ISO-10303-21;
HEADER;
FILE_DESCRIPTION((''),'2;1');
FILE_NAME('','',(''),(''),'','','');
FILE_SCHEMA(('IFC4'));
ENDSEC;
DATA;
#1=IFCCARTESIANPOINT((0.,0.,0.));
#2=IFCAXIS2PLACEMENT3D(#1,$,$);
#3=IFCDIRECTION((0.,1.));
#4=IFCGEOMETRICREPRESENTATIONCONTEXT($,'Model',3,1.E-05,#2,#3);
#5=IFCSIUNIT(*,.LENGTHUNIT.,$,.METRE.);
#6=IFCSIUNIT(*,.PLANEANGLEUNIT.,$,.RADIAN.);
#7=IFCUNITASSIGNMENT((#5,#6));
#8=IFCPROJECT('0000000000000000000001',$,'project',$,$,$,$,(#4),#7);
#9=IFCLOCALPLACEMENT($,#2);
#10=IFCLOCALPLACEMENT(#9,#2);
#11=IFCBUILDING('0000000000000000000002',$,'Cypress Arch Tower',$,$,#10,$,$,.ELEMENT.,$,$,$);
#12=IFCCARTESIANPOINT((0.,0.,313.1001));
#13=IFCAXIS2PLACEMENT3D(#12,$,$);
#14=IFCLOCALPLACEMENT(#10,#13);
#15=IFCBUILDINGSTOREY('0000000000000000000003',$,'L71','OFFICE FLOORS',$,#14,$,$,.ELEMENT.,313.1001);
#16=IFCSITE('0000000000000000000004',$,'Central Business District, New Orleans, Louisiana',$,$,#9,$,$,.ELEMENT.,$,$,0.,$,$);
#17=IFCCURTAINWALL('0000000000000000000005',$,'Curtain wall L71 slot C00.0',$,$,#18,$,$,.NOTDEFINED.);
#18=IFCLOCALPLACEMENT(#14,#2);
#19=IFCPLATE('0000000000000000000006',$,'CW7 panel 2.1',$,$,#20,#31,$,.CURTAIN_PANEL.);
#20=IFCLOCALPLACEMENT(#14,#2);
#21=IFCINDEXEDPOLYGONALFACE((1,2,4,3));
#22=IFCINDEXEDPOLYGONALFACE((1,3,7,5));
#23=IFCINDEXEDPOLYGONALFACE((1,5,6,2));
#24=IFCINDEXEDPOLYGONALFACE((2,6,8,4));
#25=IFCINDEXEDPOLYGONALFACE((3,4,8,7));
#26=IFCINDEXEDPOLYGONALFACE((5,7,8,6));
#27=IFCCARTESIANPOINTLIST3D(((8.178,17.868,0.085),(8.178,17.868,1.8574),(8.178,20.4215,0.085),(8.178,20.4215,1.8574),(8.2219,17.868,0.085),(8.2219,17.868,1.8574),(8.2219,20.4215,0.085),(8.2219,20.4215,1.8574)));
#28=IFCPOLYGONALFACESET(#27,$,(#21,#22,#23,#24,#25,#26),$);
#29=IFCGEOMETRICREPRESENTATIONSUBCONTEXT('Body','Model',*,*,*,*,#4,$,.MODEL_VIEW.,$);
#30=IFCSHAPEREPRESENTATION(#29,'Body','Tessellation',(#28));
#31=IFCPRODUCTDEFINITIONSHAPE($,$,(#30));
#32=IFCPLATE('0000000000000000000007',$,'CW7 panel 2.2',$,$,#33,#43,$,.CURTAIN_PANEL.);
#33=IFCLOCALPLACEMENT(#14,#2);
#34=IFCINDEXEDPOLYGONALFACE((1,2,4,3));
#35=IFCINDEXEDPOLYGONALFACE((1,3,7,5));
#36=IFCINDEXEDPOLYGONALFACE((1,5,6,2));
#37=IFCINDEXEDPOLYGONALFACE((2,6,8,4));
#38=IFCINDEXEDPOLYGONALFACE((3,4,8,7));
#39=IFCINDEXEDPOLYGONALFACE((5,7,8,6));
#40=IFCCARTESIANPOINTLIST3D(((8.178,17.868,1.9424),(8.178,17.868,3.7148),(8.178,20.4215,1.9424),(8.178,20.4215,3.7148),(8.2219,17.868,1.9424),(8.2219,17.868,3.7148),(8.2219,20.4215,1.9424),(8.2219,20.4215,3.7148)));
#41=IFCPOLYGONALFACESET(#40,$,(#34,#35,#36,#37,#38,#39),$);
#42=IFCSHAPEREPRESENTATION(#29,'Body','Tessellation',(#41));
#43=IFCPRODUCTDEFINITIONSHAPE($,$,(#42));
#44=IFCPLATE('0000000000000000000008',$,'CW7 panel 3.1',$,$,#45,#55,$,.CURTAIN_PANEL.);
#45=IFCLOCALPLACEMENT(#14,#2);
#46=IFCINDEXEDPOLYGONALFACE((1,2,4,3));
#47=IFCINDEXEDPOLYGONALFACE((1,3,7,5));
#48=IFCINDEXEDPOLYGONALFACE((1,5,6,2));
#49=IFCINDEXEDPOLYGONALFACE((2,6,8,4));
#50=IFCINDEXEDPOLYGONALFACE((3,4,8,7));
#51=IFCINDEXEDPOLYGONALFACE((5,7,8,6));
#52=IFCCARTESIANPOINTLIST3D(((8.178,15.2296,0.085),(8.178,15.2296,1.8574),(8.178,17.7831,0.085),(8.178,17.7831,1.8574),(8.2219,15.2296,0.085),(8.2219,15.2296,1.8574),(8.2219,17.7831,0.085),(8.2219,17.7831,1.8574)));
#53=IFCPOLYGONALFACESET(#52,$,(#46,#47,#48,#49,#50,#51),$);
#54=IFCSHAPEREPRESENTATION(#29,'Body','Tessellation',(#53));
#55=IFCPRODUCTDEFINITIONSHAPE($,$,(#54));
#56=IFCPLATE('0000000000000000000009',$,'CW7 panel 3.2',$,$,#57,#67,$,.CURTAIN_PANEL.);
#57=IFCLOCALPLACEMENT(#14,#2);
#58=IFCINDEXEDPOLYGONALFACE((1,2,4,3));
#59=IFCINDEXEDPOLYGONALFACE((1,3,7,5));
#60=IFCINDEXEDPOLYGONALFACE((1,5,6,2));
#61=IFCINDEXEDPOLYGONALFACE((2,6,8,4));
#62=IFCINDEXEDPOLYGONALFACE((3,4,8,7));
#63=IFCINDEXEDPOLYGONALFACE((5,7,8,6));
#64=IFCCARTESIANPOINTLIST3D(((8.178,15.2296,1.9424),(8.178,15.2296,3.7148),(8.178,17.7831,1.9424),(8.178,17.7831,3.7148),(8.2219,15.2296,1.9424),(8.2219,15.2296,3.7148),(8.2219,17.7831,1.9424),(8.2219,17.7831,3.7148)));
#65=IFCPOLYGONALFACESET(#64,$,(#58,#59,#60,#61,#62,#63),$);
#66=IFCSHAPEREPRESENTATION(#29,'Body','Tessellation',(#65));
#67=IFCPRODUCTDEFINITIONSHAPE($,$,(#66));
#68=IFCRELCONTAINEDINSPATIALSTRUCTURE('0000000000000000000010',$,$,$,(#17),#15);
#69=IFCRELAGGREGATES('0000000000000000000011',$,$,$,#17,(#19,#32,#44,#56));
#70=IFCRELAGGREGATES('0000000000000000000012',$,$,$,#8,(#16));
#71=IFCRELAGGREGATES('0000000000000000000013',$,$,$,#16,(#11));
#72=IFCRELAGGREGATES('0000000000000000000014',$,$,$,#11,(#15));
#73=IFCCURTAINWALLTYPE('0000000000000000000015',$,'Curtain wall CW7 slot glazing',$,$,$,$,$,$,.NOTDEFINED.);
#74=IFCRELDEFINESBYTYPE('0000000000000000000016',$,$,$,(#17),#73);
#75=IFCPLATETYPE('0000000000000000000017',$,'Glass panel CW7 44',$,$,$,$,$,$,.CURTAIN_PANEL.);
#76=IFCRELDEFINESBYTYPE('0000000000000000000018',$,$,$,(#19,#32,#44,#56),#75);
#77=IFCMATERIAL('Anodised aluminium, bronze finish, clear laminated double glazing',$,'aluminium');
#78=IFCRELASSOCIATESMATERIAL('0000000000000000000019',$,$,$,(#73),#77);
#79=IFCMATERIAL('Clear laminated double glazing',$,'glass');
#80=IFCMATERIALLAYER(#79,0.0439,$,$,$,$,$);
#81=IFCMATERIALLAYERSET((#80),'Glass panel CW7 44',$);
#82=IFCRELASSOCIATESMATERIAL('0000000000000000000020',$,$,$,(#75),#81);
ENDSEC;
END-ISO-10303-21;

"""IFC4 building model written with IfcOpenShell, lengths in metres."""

from ifc_helpers import new_model, si_unit, direction, frame, origin, origin_2d, place, context, subcontext, project, spatial, rectangle, extrude, material, layer, layer_set, type_object, element, aggregate, save


model = new_model("IFC4")

# Units and contexts
model_context = context("Model", 3, precision=1e-05, world=origin(), true_north=direction((0.0, 1.0)))
body_context = subcontext(model_context, "Body", "Model", "MODEL_VIEW")
ifc_project = project(units=[si_unit("LENGTHUNIT", "METRE"), si_unit("PLANEANGLEUNIT", "RADIAN")], contexts=[model_context])

# Site, building, storey
site_placement = place(None, origin())
site = spatial("IfcSite", under=ifc_project, at=site_placement, Name="Central Business District, New Orleans, Louisiana", CompositionType="ELEMENT", RefElevation=0.0)
building_placement = place(site_placement, origin())
building = spatial("IfcBuilding", under=site, at=building_placement, Name="Cypress Arch Tower", CompositionType="ELEMENT")
storey_placement = place(building_placement, frame((0.0, 0.0, 313.1001)))
storey = spatial("IfcBuildingStorey", under=building, at=storey_placement, Name="L71", Description="OFFICE FLOORS", CompositionType="ELEMENT", Elevation=313.1001)

# Curtain wall, plates
ifc_material_1 = material(Name="Anodised aluminium, bronze finish, clear laminated double glazing", Category="aluminium")
curtain_wall_type = type_object("IfcCurtainWallType", Name="Curtain wall CW7 slot glazing", PredefinedType="NOTDEFINED", material=ifc_material_1)
curtain_wall_placement = place(storey_placement, origin())
curtain_wall = element("IfcCurtainWall", 1, at=curtain_wall_placement, inside=storey, type_object=curtain_wall_type, Name="Curtain wall L71 slot C00.0", PredefinedType="NOTDEFINED")
ifc_material_2 = material(Name="Clear laminated double glazing", Category="glass")
ifc_layer = layer(ifc_material_2, 0.0439)
ifc_layer_set = layer_set([ifc_layer], Name="Glass panel CW7 44")
plate_type = type_object("IfcPlateType", Name="Glass panel CW7 44", PredefinedType="CURTAIN_PANEL", material=ifc_layer_set)
plate_1_placement = place(storey_placement, frame((8.2, 19.1448, 0.085), z_axis=(0.0, 0.0, 1.0), x_axis=(0.0, -1.0, 0.0)))
plate_1 = element("IfcPlate", 2, at=plate_1_placement, type_object=plate_type, Name="CW7 panel 2.1", PredefinedType="CURTAIN_PANEL", context=body_context, shape_type="SweptSolid", body=[
    extrude(rectangle(XDim=2.5535, YDim=0.0439, at=origin_2d()), origin(), (0.0, 0.0, 1.0), 1.7725),
])
plate_2_placement = place(storey_placement, frame((8.2, 19.1448, 1.9424), z_axis=(0.0, 0.0, 1.0), x_axis=(0.0, -1.0, 0.0)))
plate_2 = element("IfcPlate", 3, at=plate_2_placement, type_object=plate_type, Name="CW7 panel 2.2", PredefinedType="CURTAIN_PANEL", context=body_context, shape_type="SweptSolid", body=[
    extrude(rectangle(XDim=2.5535, YDim=0.0439, at=origin_2d()), origin(), (0.0, 0.0, 1.0), 1.7725),
])
plate_3_placement = place(storey_placement, frame((8.2, 16.5063, 0.085), z_axis=(0.0, 0.0, 1.0), x_axis=(0.0, -1.0, 0.0)))
plate_3 = element("IfcPlate", 4, at=plate_3_placement, type_object=plate_type, Name="CW7 panel 3.1", PredefinedType="CURTAIN_PANEL", context=body_context, shape_type="SweptSolid", body=[
    extrude(rectangle(XDim=2.5535, YDim=0.0439, at=origin_2d()), origin(), (0.0, 0.0, 1.0), 1.7725),
])
plate_4_placement = place(storey_placement, frame((8.2, 16.5063, 1.9424), z_axis=(0.0, 0.0, 1.0), x_axis=(0.0, -1.0, 0.0)))
plate_4 = element("IfcPlate", 5, at=plate_4_placement, type_object=plate_type, Name="CW7 panel 3.2", PredefinedType="CURTAIN_PANEL", context=body_context, shape_type="SweptSolid", body=[
    extrude(rectangle(XDim=2.5535, YDim=0.0439, at=origin_2d()), origin(), (0.0, 0.0, 1.0), 1.7725),
])
aggregate(curtain_wall, [plate_1, plate_2, plate_3, plate_4])

save(model, "model.ifc")
